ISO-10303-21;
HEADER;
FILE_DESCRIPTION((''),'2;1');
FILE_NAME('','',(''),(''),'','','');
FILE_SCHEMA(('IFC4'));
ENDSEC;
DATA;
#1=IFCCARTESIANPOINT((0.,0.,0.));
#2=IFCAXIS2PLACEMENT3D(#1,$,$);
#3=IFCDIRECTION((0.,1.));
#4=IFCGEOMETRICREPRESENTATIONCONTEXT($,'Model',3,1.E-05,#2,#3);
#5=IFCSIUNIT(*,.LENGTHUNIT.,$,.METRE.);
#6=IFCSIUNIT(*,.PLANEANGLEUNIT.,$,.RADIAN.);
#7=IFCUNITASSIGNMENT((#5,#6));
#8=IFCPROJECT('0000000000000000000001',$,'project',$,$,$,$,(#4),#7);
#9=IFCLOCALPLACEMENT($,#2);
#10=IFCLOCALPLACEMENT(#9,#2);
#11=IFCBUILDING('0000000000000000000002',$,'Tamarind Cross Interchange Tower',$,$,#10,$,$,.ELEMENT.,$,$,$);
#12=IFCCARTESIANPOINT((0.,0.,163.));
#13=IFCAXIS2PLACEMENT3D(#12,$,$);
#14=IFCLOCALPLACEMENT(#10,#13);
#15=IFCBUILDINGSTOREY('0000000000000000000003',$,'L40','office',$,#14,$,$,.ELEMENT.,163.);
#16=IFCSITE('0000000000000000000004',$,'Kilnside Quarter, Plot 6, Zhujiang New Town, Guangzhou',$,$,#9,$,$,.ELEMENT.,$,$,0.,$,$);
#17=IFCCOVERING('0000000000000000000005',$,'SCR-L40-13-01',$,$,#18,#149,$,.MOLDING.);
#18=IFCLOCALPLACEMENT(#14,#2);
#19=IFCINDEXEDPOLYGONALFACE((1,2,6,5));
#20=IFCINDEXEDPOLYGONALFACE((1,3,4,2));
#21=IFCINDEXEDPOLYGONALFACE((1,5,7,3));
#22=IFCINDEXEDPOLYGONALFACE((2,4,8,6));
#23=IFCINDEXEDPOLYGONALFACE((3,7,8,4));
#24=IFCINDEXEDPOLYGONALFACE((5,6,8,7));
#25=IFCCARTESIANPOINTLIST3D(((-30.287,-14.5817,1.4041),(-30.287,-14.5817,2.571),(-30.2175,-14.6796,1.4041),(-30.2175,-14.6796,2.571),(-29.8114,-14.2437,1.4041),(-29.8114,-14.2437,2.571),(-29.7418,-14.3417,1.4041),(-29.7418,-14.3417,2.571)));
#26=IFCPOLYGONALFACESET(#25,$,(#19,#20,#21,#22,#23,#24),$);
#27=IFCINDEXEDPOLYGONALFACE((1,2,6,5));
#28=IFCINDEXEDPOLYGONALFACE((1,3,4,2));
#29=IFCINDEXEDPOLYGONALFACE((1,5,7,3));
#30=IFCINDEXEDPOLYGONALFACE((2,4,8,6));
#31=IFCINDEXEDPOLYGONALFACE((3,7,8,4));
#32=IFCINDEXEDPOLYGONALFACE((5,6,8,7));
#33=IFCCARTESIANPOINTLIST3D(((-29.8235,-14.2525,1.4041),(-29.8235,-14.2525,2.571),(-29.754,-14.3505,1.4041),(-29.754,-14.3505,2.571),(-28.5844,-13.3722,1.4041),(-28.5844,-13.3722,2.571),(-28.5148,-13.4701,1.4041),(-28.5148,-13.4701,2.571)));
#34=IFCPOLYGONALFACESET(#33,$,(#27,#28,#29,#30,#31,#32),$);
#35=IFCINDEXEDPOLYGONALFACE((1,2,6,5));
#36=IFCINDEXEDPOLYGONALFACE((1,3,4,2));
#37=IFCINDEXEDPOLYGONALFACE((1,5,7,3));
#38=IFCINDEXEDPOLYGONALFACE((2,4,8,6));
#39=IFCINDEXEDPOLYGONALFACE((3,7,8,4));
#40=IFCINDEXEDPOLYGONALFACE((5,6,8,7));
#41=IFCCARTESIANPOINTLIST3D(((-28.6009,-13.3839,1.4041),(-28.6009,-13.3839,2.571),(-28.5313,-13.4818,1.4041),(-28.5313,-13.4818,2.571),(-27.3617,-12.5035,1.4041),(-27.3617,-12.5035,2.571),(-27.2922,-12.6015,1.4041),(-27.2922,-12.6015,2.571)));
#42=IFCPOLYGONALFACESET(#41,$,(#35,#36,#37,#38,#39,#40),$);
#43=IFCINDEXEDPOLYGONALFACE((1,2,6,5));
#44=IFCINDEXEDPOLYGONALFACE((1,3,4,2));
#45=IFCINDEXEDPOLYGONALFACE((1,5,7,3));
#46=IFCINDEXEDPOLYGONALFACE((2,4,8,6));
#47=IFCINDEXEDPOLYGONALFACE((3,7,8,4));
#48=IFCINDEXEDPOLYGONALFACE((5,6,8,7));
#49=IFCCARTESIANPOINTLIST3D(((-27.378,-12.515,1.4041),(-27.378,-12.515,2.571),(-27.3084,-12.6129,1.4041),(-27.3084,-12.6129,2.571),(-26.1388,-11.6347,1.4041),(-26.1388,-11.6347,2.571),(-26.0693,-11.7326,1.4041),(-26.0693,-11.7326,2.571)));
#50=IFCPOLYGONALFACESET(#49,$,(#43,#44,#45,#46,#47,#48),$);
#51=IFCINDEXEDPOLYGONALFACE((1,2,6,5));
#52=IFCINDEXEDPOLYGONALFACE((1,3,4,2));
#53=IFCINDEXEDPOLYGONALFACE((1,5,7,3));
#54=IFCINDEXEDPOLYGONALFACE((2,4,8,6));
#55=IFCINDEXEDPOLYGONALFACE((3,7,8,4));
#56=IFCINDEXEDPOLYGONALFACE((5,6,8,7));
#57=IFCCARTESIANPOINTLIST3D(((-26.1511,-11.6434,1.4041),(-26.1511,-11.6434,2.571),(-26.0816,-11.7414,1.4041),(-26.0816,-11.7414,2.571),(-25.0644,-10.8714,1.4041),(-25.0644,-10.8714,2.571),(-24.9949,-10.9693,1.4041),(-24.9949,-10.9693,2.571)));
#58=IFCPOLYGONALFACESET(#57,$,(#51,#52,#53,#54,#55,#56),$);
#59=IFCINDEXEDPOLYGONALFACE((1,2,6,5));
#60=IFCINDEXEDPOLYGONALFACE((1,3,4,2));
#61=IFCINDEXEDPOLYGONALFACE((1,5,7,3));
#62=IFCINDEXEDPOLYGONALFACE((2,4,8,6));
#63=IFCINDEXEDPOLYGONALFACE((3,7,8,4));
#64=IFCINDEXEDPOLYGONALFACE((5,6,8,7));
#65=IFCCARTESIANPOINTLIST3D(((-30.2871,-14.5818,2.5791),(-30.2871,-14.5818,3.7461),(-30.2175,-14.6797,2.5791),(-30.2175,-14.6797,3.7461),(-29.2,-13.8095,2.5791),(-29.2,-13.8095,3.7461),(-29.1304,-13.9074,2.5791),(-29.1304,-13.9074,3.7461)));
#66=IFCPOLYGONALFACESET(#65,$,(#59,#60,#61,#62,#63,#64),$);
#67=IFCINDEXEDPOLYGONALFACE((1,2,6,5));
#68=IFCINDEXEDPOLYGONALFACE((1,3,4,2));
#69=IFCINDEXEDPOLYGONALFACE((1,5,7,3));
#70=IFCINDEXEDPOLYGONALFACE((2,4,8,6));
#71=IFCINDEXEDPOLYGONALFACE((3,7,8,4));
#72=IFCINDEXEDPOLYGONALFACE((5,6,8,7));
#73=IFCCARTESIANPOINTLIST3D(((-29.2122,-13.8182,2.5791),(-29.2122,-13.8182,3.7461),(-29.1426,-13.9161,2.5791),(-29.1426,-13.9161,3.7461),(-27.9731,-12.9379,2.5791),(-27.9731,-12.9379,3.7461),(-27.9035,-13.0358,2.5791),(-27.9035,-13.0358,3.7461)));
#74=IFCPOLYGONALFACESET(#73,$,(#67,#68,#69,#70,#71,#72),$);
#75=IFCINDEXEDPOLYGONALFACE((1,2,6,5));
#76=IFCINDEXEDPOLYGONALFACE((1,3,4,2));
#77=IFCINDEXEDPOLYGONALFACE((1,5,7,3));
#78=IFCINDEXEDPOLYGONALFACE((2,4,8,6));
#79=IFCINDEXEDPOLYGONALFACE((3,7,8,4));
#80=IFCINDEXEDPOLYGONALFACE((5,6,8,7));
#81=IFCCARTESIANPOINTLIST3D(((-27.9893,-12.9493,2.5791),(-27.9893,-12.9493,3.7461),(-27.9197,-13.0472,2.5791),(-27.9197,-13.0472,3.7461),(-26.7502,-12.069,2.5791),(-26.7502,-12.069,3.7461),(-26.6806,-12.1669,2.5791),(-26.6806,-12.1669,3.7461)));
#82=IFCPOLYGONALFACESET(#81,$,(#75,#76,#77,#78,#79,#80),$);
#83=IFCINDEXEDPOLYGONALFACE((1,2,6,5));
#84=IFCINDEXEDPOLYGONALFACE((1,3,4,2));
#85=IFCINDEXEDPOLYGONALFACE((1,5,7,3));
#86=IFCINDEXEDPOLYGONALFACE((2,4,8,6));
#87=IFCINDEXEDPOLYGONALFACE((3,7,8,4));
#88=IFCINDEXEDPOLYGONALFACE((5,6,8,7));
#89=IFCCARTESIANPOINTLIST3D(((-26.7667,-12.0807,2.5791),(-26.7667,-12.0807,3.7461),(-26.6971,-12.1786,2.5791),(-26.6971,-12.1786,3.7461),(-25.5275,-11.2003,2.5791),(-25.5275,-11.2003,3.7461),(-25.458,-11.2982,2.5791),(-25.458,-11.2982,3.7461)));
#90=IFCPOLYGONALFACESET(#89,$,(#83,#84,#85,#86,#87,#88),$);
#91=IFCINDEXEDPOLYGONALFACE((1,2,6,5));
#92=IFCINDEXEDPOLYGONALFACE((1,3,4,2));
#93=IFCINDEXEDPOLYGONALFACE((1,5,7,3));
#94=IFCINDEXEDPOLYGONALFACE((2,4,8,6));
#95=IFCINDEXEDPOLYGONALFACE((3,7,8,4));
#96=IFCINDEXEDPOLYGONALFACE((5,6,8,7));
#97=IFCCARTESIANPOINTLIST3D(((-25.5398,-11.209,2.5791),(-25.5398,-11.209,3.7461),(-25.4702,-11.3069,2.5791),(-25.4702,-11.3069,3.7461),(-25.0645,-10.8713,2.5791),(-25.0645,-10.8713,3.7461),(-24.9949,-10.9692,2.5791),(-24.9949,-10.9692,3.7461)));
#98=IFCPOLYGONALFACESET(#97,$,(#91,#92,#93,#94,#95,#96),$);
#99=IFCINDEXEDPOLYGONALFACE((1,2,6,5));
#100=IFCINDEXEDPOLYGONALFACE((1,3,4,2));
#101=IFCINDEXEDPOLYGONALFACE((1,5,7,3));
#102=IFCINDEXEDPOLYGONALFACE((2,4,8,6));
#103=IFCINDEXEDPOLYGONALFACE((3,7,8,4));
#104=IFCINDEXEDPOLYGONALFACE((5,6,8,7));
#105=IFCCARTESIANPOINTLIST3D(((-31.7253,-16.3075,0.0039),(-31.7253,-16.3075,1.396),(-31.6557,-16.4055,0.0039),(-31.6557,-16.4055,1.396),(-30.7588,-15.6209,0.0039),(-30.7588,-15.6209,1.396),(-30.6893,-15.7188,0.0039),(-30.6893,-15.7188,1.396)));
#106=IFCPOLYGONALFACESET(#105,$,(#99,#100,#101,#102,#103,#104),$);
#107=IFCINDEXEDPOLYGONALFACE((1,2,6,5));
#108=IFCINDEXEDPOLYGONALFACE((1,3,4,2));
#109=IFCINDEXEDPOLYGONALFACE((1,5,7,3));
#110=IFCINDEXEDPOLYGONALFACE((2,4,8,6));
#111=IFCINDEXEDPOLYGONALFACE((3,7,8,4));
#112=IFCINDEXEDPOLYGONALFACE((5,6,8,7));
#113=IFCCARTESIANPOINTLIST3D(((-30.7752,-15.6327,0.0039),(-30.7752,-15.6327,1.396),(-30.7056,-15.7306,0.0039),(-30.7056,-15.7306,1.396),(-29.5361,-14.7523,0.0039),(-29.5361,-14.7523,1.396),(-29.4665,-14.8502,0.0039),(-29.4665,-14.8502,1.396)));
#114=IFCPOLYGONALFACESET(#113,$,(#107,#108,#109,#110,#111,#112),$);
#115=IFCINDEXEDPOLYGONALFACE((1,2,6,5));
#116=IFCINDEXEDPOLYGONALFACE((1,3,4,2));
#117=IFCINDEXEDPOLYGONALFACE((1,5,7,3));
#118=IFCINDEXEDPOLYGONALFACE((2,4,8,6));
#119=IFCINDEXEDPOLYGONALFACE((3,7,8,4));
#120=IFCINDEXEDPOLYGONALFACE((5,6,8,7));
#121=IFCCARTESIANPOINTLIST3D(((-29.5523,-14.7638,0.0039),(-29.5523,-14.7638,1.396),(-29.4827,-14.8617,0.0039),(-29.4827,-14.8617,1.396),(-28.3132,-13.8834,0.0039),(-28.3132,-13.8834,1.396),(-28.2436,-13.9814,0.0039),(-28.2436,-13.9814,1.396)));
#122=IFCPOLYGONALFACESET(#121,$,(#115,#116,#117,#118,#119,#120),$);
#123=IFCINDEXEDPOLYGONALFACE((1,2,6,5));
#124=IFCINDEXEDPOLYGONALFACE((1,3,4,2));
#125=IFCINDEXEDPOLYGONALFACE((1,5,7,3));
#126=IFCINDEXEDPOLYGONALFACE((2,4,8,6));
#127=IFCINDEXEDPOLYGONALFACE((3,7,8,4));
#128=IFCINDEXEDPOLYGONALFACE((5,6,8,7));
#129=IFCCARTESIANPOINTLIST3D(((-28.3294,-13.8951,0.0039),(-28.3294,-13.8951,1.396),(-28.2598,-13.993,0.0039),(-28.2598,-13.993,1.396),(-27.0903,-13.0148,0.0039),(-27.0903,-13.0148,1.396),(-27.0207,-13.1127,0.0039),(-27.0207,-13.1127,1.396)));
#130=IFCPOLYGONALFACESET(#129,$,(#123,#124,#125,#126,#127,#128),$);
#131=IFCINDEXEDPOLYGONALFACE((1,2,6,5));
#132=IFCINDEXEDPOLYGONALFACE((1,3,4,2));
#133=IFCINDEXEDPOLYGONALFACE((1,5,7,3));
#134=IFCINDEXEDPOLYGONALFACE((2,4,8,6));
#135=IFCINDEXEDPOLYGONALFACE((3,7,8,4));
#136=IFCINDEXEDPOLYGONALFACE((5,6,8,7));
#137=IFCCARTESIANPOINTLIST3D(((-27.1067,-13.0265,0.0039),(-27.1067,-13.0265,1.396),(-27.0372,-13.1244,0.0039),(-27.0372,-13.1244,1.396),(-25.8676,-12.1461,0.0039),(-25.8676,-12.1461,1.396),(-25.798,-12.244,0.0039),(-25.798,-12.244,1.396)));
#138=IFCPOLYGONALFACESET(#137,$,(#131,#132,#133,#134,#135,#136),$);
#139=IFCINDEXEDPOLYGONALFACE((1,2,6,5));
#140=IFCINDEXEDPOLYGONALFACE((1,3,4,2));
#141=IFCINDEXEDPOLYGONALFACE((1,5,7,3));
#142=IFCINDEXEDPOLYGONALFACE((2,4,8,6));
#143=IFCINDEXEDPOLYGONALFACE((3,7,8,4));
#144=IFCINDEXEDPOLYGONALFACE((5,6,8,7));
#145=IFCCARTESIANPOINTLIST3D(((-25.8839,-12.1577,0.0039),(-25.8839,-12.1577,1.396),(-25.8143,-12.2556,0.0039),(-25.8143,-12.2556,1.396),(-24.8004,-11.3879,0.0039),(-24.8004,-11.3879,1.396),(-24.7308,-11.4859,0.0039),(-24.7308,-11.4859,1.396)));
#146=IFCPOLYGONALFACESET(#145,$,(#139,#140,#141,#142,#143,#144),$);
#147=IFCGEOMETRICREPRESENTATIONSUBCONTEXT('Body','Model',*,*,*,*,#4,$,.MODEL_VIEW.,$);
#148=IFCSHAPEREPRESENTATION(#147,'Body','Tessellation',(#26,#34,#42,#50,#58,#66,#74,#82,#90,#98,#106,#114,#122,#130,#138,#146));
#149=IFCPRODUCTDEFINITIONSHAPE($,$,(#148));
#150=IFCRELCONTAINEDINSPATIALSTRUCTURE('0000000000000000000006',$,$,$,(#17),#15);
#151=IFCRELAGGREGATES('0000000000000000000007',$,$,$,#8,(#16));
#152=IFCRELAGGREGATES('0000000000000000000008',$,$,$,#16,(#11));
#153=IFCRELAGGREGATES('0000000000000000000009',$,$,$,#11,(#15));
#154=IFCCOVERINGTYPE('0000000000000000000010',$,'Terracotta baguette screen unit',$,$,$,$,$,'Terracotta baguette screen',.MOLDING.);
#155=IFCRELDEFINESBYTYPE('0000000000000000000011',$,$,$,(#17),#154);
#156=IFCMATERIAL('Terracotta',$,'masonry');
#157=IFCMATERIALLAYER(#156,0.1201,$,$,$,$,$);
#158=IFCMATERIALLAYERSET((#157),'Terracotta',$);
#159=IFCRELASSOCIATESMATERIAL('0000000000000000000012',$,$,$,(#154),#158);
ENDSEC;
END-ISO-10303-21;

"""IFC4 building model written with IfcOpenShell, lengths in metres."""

from ifc_helpers import new_model, si_unit, direction, frame, origin, origin_2d, place, context, subcontext, project, spatial, rectangle, extrude, material, layer, layer_set, type_object, element, save


model = new_model("IFC4")

# Units and contexts
model_context = context("Model", 3, precision=1e-05, world=origin(), true_north=direction((0.0, 1.0)))
body_context = subcontext(model_context, "Body", "Model", "MODEL_VIEW")
ifc_project = project(units=[si_unit("LENGTHUNIT", "METRE"), si_unit("PLANEANGLEUNIT", "RADIAN")], contexts=[model_context])

# Site, building, storey
site_placement = place(None, origin())
site = spatial("IfcSite", under=ifc_project, at=site_placement, Name="Kilnside Quarter, Plot 6, Zhujiang New Town, Guangzhou", CompositionType="ELEMENT", RefElevation=0.0)
building_placement = place(site_placement, origin())
building = spatial("IfcBuilding", under=site, at=building_placement, Name="Tamarind Cross Interchange Tower", CompositionType="ELEMENT")
storey_placement = place(building_placement, frame((0.0, 0.0, 163.0)))
storey = spatial("IfcBuildingStorey", under=building, at=storey_placement, Name="L40", Description="office", CompositionType="ELEMENT", Elevation=163.0)

# Covering
ifc_material_1 = material(Name="Terracotta", Category="masonry")
ifc_layer_1 = layer(ifc_material_1, 0.1201)
ifc_layer_set_1 = layer_set([ifc_layer_1], Name="Terracotta")
covering_type = type_object("IfcCoveringType", Name="Terracotta baguette screen unit", ElementType="Terracotta baguette screen", PredefinedType="MOLDING", material=ifc_layer_set_1)
covering_1_placement = place(storey_placement, origin())
element("IfcCovering", 1, at=covering_1_placement, inside=storey, type_object=covering_type, Name="SCR-L40-13-01", PredefinedType="MOLDING", context=body_context, shape_type="SweptSolid", body=[
    extrude(rectangle(XDim=0.5835, YDim=0.1201, at=origin_2d()), frame((-30.0144, -14.4617, 1.4041), z_axis=(0.0, 0.0, 1.0), x_axis=(0.815215, 0.579159, 0.0)), (0.0, 0.0, 1.0), 1.167),
    extrude(rectangle(XDim=1.52, YDim=0.1201, at=origin_2d()), frame((-29.1692, -13.8613, 1.4041), z_axis=(0.0, 0.0, 1.0), x_axis=(0.815215, 0.579159, 0.0)), (0.0, 0.0, 1.0), 1.167),
    extrude(rectangle(XDim=1.52, YDim=0.1201, at=origin_2d()), frame((-27.9465, -12.9927, 1.4041), z_axis=(0.0, 0.0, 1.0), x_axis=(0.815215, 0.579159, 0.0)), (0.0, 0.0, 1.0), 1.167),
    extrude(rectangle(XDim=1.52, YDim=0.1201, at=origin_2d()), frame((-26.7236, -12.1238, 1.4041), z_axis=(0.0, 0.0, 1.0), x_axis=(0.815215, 0.579159, 0.0)), (0.0, 0.0, 1.0), 1.167),
    extrude(rectangle(XDim=1.333, YDim=0.1201, at=origin_2d()), frame((-25.573, -11.3064, 1.4041), z_axis=(0.0, 0.0, 1.0), x_axis=(0.815215, 0.579159, 0.0)), (0.0, 0.0, 1.0), 1.167),
    extrude(rectangle(XDim=1.3335, YDim=0.1201, at=origin_2d()), frame((-29.7087, -14.2446, 2.5791), z_axis=(0.0, 0.0, 1.0), x_axis=(0.815215, 0.579159, 0.0)), (0.0, 0.0, 1.0), 1.167),
    extrude(rectangle(XDim=1.52, YDim=0.1201, at=origin_2d()), frame((-28.5579, -13.427, 2.5791), z_axis=(0.0, 0.0, 1.0), x_axis=(0.815215, 0.579159, 0.0)), (0.0, 0.0, 1.0), 1.167),
    extrude(rectangle(XDim=1.52, YDim=0.1201, at=origin_2d()), frame((-27.335, -12.5581, 2.5791), z_axis=(0.0, 0.0, 1.0), x_axis=(0.815215, 0.579159, 0.0)), (0.0, 0.0, 1.0), 1.167),
    extrude(rectangle(XDim=1.52, YDim=0.1201, at=origin_2d()), frame((-26.1123, -11.6895, 2.5791), z_axis=(0.0, 0.0, 1.0), x_axis=(0.815215, 0.579159, 0.0)), (0.0, 0.0, 1.0), 1.167),
    extrude(rectangle(XDim=0.583, YDim=0.1201, at=origin_2d()), frame((-25.2673, -11.0891, 2.5791), z_axis=(0.0, 0.0, 1.0), x_axis=(0.815215, 0.579159, 0.0)), (0.0, 0.0, 1.0), 1.167),
    extrude(rectangle(XDim=1.1855, YDim=0.1201, at=origin_2d()), frame((-31.2073, -16.0132, 0.0039), z_axis=(0.0, 0.0, 1.0), x_axis=(0.815215, 0.579159, 0.0)), (0.0, 0.0, 1.0), 1.3921),
    extrude(rectangle(XDim=1.52, YDim=0.1201, at=origin_2d()), frame((-30.1208, -15.2415, 0.0039), z_axis=(0.0, 0.0, 1.0), x_axis=(0.815215, 0.579159, 0.0)), (0.0, 0.0, 1.0), 1.3921),
    extrude(rectangle(XDim=1.52, YDim=0.1201, at=origin_2d()), frame((-28.8979, -14.3726, 0.0039), z_axis=(0.0, 0.0, 1.0), x_axis=(0.815215, 0.579159, 0.0)), (0.0, 0.0, 1.0), 1.3921),
    extrude(rectangle(XDim=1.52, YDim=0.1201, at=origin_2d()), frame((-27.675, -13.5039, 0.0039), z_axis=(0.0, 0.0, 1.0), x_axis=(0.815215, 0.579159, 0.0)), (0.0, 0.0, 1.0), 1.3921),
    extrude(rectangle(XDim=1.52, YDim=0.1201, at=origin_2d()), frame((-26.4524, -12.6353, 0.0039), z_axis=(0.0, 0.0, 1.0), x_axis=(0.815215, 0.579159, 0.0)), (0.0, 0.0, 1.0), 1.3921),
    extrude(rectangle(XDim=1.3291, YDim=0.1201, at=origin_2d()), frame((-25.3074, -11.8218, 0.0039), z_axis=(0.0, 0.0, 1.0), x_axis=(0.815215, 0.579159, 0.0)), (0.0, 0.0, 1.0), 1.3921),
])

save(model, "model.ifc")
